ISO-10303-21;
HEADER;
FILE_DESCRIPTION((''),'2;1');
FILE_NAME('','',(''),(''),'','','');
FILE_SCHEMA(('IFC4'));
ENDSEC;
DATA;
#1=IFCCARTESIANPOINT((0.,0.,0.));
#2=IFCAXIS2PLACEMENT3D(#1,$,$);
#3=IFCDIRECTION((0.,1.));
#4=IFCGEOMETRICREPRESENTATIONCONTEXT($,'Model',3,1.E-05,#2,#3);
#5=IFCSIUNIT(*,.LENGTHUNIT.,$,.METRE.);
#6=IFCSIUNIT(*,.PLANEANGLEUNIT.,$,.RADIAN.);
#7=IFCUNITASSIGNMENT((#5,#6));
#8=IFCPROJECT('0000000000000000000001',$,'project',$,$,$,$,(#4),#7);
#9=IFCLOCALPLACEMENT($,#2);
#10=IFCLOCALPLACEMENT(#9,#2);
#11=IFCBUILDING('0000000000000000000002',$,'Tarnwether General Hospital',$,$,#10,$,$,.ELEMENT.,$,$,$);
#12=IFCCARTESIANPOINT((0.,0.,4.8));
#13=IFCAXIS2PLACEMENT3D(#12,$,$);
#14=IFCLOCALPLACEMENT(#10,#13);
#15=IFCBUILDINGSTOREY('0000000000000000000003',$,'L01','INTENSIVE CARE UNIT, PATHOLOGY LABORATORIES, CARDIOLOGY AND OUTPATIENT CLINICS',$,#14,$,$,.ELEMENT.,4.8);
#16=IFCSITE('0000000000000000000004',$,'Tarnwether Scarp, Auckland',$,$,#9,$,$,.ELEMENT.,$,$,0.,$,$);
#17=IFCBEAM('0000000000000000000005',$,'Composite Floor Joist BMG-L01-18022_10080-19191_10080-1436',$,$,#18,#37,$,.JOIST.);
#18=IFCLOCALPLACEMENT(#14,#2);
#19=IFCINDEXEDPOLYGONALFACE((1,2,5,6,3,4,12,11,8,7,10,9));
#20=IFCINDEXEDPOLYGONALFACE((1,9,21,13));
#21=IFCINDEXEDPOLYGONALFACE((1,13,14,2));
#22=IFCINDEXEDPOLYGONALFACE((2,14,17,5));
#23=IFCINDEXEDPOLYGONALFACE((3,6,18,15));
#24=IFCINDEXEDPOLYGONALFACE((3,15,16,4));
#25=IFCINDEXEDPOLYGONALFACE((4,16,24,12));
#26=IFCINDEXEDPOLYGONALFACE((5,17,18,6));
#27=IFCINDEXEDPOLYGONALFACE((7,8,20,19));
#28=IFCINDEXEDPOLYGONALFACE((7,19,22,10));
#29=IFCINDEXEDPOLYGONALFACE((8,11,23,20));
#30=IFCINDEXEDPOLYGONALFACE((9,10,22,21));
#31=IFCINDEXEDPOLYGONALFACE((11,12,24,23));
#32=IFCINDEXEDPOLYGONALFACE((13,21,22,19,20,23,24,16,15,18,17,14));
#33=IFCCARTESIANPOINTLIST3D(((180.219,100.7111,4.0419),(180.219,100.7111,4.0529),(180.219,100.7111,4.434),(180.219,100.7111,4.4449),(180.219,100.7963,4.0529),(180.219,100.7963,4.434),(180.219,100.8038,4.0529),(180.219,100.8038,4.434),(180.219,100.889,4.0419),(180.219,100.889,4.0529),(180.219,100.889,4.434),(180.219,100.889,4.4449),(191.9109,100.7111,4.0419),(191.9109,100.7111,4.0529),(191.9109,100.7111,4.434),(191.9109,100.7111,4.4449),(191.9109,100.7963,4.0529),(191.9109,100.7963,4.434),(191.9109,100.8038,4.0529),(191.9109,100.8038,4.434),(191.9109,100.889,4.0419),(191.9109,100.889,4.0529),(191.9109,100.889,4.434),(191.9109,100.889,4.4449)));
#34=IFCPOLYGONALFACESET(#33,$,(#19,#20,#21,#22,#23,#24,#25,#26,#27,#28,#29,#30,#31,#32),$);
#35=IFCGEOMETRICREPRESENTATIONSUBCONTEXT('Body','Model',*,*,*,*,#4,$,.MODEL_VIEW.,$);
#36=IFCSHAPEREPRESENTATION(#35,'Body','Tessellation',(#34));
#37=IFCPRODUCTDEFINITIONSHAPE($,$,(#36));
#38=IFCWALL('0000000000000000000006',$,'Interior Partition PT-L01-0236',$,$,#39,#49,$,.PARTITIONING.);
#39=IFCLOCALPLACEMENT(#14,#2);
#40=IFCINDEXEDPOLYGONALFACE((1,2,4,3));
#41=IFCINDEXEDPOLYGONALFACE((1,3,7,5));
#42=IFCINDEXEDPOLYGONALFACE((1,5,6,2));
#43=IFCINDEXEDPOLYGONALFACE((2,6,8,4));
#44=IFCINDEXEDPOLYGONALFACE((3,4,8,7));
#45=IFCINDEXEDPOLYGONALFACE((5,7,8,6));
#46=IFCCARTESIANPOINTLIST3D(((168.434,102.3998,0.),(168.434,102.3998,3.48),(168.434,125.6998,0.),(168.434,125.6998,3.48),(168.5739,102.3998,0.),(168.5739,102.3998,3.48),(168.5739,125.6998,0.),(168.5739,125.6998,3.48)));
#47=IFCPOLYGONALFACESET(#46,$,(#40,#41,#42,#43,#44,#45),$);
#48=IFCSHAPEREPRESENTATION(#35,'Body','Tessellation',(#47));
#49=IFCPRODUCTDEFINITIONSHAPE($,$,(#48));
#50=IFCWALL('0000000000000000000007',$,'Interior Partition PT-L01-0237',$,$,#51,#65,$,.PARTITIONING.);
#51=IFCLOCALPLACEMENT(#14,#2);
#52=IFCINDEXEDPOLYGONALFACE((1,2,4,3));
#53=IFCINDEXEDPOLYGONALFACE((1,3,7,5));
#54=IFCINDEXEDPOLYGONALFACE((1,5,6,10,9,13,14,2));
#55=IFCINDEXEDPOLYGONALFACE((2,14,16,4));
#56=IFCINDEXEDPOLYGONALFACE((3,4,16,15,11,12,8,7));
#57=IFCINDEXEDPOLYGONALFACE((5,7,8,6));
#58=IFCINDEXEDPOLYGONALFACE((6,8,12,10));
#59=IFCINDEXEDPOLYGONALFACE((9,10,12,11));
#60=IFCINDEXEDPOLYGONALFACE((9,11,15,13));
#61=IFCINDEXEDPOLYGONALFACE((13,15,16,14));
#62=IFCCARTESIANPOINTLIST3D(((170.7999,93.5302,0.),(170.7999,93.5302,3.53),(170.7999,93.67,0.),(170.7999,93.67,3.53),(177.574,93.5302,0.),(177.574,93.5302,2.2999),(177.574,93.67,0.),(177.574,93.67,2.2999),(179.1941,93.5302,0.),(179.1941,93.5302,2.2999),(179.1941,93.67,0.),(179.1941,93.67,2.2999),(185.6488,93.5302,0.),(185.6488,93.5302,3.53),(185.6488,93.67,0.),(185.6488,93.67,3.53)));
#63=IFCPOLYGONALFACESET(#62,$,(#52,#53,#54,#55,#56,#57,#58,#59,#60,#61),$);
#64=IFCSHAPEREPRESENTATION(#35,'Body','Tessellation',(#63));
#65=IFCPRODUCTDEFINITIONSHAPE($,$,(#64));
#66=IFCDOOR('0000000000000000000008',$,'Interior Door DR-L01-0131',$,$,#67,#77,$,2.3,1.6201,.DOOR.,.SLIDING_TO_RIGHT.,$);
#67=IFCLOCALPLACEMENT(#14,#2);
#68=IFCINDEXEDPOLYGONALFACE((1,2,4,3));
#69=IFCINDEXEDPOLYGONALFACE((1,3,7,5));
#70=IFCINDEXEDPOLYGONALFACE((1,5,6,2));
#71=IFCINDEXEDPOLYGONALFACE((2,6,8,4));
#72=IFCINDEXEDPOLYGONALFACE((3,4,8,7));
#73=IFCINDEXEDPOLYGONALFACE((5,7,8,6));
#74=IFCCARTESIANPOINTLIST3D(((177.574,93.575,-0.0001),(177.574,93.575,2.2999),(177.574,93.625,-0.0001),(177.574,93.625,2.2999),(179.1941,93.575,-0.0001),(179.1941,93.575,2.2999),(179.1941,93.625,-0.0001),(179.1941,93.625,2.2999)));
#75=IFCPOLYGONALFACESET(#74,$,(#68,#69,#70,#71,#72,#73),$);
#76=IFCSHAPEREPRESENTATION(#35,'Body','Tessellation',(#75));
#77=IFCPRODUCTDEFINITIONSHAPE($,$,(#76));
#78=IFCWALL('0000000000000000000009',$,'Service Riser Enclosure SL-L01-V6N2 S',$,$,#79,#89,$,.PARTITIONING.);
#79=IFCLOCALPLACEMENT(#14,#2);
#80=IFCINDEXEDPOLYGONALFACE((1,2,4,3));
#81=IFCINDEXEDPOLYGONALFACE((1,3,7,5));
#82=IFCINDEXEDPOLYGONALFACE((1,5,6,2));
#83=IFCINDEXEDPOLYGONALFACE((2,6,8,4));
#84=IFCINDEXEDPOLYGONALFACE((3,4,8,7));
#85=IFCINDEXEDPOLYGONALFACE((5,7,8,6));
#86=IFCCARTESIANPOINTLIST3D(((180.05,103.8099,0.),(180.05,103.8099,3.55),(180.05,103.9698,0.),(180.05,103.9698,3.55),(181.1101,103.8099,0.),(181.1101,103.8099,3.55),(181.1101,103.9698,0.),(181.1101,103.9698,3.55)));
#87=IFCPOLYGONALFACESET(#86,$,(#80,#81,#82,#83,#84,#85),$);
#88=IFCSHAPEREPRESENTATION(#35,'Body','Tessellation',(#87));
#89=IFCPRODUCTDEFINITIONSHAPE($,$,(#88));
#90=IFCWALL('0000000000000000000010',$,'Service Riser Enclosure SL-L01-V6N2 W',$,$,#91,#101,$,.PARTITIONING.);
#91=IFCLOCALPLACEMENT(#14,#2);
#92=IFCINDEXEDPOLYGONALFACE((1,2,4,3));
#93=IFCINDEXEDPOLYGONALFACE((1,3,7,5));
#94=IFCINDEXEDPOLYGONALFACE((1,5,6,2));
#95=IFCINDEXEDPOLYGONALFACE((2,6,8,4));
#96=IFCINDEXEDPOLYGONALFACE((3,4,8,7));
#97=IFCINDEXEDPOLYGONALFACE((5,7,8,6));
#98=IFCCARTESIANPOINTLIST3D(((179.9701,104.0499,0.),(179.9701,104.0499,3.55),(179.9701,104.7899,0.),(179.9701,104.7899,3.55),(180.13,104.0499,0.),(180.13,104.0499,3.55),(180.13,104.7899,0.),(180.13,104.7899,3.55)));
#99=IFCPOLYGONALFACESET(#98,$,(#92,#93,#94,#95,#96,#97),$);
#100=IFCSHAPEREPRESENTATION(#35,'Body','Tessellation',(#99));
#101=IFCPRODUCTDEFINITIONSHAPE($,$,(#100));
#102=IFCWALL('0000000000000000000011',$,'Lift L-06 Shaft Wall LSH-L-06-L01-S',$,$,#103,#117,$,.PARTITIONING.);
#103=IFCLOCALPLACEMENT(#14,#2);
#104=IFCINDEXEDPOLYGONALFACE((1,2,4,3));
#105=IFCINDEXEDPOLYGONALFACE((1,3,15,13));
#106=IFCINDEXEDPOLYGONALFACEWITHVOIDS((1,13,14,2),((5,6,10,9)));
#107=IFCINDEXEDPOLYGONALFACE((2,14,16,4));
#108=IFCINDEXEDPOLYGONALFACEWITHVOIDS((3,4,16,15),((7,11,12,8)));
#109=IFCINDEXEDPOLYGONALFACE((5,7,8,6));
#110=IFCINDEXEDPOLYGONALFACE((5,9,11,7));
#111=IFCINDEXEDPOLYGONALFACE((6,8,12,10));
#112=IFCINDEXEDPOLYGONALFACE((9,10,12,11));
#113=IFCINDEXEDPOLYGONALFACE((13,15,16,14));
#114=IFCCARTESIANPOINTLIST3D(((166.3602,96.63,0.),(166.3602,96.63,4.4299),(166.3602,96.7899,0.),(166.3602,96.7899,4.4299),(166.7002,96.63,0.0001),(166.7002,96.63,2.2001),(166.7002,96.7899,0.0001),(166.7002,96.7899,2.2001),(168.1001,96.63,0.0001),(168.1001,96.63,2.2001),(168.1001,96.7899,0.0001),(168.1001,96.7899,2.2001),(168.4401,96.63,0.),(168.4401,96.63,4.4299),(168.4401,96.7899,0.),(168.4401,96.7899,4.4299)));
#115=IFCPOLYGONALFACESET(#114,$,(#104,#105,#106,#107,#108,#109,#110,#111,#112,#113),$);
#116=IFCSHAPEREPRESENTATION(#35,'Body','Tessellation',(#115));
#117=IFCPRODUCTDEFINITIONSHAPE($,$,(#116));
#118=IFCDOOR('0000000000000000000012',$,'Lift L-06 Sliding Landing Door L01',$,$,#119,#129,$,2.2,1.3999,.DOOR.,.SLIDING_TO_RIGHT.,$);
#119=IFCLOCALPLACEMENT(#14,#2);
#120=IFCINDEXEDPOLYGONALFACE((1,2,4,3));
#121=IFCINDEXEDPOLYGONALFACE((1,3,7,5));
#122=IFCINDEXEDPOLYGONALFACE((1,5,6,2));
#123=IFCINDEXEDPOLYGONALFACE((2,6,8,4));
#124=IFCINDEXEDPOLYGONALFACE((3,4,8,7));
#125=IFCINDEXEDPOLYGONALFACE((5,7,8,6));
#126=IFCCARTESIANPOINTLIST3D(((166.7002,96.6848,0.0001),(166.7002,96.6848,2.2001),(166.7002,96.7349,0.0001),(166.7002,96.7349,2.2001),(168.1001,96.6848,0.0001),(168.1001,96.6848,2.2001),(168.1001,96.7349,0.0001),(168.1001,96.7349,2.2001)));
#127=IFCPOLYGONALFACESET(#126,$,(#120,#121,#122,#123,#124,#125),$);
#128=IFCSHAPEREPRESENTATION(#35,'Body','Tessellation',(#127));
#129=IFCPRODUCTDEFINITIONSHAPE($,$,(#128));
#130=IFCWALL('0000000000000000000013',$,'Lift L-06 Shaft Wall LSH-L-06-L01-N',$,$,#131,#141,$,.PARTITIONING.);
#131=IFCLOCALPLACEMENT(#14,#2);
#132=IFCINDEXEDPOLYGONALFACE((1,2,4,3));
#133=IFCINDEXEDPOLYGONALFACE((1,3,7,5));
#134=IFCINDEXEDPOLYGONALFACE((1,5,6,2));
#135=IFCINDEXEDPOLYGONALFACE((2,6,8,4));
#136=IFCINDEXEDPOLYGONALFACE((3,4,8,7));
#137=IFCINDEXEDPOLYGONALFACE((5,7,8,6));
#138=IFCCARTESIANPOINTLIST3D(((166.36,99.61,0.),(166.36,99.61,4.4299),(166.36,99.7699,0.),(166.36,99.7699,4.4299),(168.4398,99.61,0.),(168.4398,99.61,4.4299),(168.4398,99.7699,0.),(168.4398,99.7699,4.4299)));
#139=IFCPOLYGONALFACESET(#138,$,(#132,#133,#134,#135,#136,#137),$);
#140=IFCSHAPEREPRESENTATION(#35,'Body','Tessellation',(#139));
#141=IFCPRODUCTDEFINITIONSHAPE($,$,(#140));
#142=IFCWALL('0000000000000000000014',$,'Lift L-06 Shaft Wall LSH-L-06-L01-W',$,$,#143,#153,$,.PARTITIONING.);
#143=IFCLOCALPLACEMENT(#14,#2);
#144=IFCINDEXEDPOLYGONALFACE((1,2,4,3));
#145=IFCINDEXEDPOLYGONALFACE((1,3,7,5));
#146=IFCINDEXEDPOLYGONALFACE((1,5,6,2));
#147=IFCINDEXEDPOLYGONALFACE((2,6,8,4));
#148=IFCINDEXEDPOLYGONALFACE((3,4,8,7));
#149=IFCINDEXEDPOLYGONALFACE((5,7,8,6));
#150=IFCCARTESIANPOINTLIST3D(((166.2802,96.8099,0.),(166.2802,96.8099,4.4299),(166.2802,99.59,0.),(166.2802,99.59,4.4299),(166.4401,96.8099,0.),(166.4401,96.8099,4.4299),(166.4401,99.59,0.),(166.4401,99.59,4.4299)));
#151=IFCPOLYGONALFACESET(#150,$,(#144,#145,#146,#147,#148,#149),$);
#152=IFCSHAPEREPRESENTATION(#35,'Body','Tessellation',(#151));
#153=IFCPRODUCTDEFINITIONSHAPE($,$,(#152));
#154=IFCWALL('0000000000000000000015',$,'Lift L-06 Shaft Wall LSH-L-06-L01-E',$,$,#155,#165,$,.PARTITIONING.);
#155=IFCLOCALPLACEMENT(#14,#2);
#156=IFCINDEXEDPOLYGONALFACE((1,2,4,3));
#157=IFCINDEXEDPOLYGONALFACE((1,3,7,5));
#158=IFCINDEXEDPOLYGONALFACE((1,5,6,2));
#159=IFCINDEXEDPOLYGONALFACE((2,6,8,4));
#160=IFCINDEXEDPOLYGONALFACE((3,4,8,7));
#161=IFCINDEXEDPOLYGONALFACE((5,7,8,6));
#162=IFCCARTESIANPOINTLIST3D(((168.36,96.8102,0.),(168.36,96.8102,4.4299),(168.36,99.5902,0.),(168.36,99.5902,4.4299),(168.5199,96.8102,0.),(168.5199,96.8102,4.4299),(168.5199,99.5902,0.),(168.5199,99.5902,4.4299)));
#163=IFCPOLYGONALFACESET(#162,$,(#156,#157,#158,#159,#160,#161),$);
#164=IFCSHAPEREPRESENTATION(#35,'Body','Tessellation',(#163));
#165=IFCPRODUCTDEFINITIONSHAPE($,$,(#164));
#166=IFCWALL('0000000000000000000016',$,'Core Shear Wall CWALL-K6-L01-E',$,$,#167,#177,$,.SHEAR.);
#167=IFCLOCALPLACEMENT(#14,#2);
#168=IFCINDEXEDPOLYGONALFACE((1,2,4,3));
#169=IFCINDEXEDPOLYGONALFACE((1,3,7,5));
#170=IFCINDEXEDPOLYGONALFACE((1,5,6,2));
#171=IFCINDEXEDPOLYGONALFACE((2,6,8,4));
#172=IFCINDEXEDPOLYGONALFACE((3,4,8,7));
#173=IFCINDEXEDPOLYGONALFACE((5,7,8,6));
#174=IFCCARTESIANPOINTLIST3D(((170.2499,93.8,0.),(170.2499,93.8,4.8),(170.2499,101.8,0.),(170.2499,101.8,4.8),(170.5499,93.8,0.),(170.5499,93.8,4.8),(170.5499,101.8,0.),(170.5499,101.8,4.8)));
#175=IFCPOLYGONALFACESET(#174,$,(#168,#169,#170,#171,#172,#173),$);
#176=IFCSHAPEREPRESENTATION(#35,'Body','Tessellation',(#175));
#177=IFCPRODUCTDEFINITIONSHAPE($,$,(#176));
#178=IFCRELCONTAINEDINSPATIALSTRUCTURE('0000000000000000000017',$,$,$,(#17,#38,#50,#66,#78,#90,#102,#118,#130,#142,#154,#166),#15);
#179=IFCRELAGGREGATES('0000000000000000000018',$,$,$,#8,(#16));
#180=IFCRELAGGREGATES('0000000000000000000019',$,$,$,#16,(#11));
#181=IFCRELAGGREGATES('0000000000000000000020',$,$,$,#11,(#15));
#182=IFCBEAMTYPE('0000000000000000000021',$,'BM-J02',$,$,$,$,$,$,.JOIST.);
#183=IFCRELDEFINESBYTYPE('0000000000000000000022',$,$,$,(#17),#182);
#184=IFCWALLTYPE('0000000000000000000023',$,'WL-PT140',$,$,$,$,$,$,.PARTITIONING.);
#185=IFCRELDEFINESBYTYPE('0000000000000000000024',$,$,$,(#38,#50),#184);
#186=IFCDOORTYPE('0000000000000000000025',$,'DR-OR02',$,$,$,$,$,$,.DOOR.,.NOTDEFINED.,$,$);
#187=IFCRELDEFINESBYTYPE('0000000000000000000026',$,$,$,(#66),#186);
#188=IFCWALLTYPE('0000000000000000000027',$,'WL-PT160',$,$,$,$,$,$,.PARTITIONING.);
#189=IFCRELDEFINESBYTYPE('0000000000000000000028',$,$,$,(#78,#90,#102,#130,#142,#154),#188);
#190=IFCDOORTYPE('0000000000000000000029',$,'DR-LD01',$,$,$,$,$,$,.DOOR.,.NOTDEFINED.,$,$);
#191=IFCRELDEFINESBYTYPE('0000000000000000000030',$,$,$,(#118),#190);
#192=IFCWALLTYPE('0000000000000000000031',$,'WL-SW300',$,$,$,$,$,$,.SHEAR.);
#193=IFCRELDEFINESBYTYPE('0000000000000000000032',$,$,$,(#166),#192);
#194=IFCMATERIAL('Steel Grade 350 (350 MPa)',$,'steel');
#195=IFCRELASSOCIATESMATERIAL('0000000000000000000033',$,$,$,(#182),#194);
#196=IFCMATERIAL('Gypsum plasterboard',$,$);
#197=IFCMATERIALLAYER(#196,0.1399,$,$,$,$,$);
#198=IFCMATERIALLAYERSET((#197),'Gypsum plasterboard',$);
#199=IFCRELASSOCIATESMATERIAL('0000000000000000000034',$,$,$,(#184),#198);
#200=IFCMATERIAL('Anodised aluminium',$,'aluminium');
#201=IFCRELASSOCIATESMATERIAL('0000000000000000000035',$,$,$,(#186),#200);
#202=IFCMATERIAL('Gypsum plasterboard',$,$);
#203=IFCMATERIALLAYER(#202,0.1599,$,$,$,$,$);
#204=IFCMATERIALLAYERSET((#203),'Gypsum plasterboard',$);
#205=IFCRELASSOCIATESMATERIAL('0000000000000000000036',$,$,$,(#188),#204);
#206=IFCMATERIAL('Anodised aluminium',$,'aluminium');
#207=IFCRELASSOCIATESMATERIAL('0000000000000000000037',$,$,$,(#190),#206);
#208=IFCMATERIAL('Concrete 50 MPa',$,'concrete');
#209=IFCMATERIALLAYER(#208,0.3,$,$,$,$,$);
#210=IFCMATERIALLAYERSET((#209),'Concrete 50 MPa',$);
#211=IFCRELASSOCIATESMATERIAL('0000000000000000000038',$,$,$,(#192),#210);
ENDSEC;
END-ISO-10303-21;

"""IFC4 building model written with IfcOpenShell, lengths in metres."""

from ifc_helpers import new_model, si_unit, direction, frame, frame_2d, origin, origin_2d, place, context, subcontext, project, spatial, rectangle, i_section, extrude, material, layer, layer_set, material_profile, profile_set, type_object, element, fill, save


model = new_model("IFC4")

# Units and contexts
model_context = context("Model", 3, precision=1e-05, world=origin(), true_north=direction((0.0, 1.0)))
body_context = subcontext(model_context, "Body", "Model", "MODEL_VIEW")
ifc_project = project(units=[si_unit("LENGTHUNIT", "METRE"), si_unit("PLANEANGLEUNIT", "RADIAN")], contexts=[model_context])

# Site, building, storey
site_placement = place(None, origin())
site = spatial("IfcSite", under=ifc_project, at=site_placement, Name="Tarnwether Scarp, Auckland", CompositionType="ELEMENT", RefElevation=0.0)
building_placement = place(site_placement, origin())
building = spatial("IfcBuilding", under=site, at=building_placement, Name="Tarnwether General Hospital", CompositionType="ELEMENT")
storey_placement = place(building_placement, frame((0.0, 0.0, 4.8)))
storey = spatial("IfcBuildingStorey", under=building, at=storey_placement, Name="L01", Description="INTENSIVE CARE UNIT, PATHOLOGY LABORATORIES, CARDIOLOGY AND OUTPATIENT CLINICS", CompositionType="ELEMENT", Elevation=4.8)

# Beam
ifc_material_1 = material(Name="Steel Grade 350 (350 MPa)", Category="steel")
ifc_material_profile_1 = material_profile(ifc_material_1, i_section(OverallWidth=0.178, OverallDepth=0.4031, WebThickness=0.0076, FlangeThickness=0.011, at=origin_2d()), Name="410UB53.7")
ifc_profile_set_1 = profile_set([ifc_material_profile_1], Name="Steel Grade 350 (350 MPa)")
beam_type_1 = type_object("IfcBeamType", Name="BM-J02", PredefinedType="JOIST", material=ifc_profile_set_1)
beam_1_placement = place(storey_placement, frame((180.219, 100.8, 4.2434), z_axis=(1.0, 0.0, 0.0), x_axis=(0.0, 1.0, 0.0)))
element("IfcBeam", 1, at=beam_1_placement, inside=storey, type_object=beam_type_1, Name="Composite Floor Joist BMG-L01-18022_10080-19191_10080-1436", PredefinedType="JOIST", context=body_context, shape_type="SweptSolid", body=[
    extrude(i_section(OverallWidth=0.178, OverallDepth=0.4031, WebThickness=0.0076, FlangeThickness=0.011, at=origin_2d()), origin(), (0.0, 0.0, 1.0), 11.6919),
])

# Wall
ifc_material_2 = material(Name="Gypsum plasterboard")
ifc_layer_1 = layer(ifc_material_2, 0.1399)
ifc_layer_set_1 = layer_set([ifc_layer_1], Name="Gypsum plasterboard")
wall_type_1 = type_object("IfcWallType", Name="WL-PT140", PredefinedType="PARTITIONING", material=ifc_layer_set_1)
wall_1_placement = place(storey_placement, frame((168.5039, 102.3999, 0.0), z_axis=(0.0, 0.0, 1.0), x_axis=(0.0, 1.0, 0.0)))
element("IfcWall", 2, at=wall_1_placement, inside=storey, type_object=wall_type_1, Name="Interior Partition PT-L01-0236", PredefinedType="PARTITIONING", context=body_context, shape_type="SweptSolid", body=[
    extrude(rectangle(XDim=23.3, YDim=0.1399, at=frame_2d((11.6499, 0.0))), origin(), (0.0, 0.0, 1.0), 3.48),
])

# Wall, opening, door
wall_2_placement = place(storey_placement, frame((170.8, 93.6001, 0.0), z_axis=(0.0, 0.0, 1.0), x_axis=(1.0, 0.0, 0.0)))
wall_2 = element("IfcWall", 3, at=wall_2_placement, inside=storey, type_object=wall_type_1, Name="Interior Partition PT-L01-0237", PredefinedType="PARTITIONING", context=body_context, shape_type="SweptSolid", body=[
    extrude(rectangle(XDim=14.8489, YDim=0.1399, at=frame_2d((7.4243, 0.0))), origin(), (0.0, 0.0, 1.0), 3.53),
])
opening_1_placement = place(wall_2_placement, frame((6.7739, 0.0, 0.0)))
opening_1 = element("IfcOpeningElement", 4, at=opening_1_placement, cuts=wall_2, PredefinedType="OPENING", context=body_context, shape_type="SweptSolid", body=[
    extrude(rectangle(XDim=1.6201, YDim=2.3, at=frame_2d((0.8101, 1.1499))), frame((0.0, 0.0801, 0.0), z_axis=(0.0, -1.0, 0.0), x_axis=(1.0, 0.0, 0.0)), (0.0, 0.0, 1.0), 0.1599),
])
ifc_material_3 = material(Name="Anodised aluminium", Category="aluminium")
door_type_1 = type_object("IfcDoorType", Name="DR-OR02", OperationType="NOTDEFINED", PredefinedType="DOOR", material=ifc_material_3)
door_1_placement = place(opening_1_placement, origin())
door_1 = element("IfcDoor", 5, at=door_1_placement, inside=storey, type_object=door_type_1, Name="Interior Door DR-L01-0131", OperationType="SLIDING_TO_RIGHT", OverallHeight=2.3, OverallWidth=1.6201, PredefinedType="DOOR", context=body_context, shape_type="SweptSolid", body=[
    extrude(rectangle(XDim=1.6201, YDim=2.3, at=frame_2d((0.8101, 1.1499))), frame((0.0, 0.0249, 0.0), z_axis=(0.0, -1.0, 0.0), x_axis=(1.0, 0.0, 0.0)), (0.0, 0.0, 1.0), 0.05),
])
fill(opening_1, door_1)

# Walls
ifc_material_4 = material(Name="Gypsum plasterboard")
ifc_layer_2 = layer(ifc_material_4, 0.1599)
ifc_layer_set_2 = layer_set([ifc_layer_2], Name="Gypsum plasterboard")
wall_type_2 = type_object("IfcWallType", Name="WL-PT160", PredefinedType="PARTITIONING", material=ifc_layer_set_2)
wall_3_placement = place(storey_placement, frame((180.05, 103.8899, 0.0), z_axis=(0.0, 0.0, 1.0), x_axis=(1.0, 0.0, 0.0)))
element("IfcWall", 6, at=wall_3_placement, inside=storey, type_object=wall_type_2, Name="Service Riser Enclosure SL-L01-V6N2 S", PredefinedType="PARTITIONING", context=body_context, shape_type="SweptSolid", body=[
    extrude(rectangle(XDim=1.0601, YDim=0.1599, at=frame_2d((0.53, 0.0))), origin(), (0.0, 0.0, 1.0), 3.55),
])
wall_4_placement = place(storey_placement, frame((180.05, 104.79, 0.0), z_axis=(0.0, 0.0, 1.0), x_axis=(0.0, -1.0, 0.0)))
element("IfcWall", 7, at=wall_4_placement, inside=storey, type_object=wall_type_2, Name="Service Riser Enclosure SL-L01-V6N2 W", PredefinedType="PARTITIONING", context=body_context, shape_type="SweptSolid", body=[
    extrude(rectangle(XDim=0.74, YDim=0.1599, at=frame_2d((0.3701, 0.0))), origin(), (0.0, 0.0, 1.0), 3.55),
])

# Wall, opening, door
wall_5_placement = place(storey_placement, frame((166.3601, 96.71, 0.0), z_axis=(0.0, 0.0, 1.0), x_axis=(1.0, 0.0, 0.0)))
wall_5 = element("IfcWall", 8, at=wall_5_placement, inside=storey, type_object=wall_type_2, Name="Lift L-06 Shaft Wall LSH-L-06-L01-S", PredefinedType="PARTITIONING", context=body_context, shape_type="SweptSolid", body=[
    extrude(rectangle(XDim=2.0798, YDim=0.1599, at=frame_2d((1.04, 0.0))), origin(), (0.0, 0.0, 1.0), 4.4299),
])
opening_2_placement = place(wall_5_placement, frame((0.3401, 0.0, 0.0)))
opening_2 = element("IfcOpeningElement", 9, at=opening_2_placement, cuts=wall_5, PredefinedType="OPENING", context=body_context, shape_type="SweptSolid", body=[
    extrude(rectangle(XDim=1.3999, YDim=2.2, at=frame_2d((0.7, 1.1001))), frame((0.0, 0.0898, 0.0), z_axis=(0.0, -1.0, 0.0), x_axis=(1.0, 0.0, 0.0)), (0.0, 0.0, 1.0), 0.1799),
])
ifc_material_5 = material(Name="Anodised aluminium", Category="aluminium")
door_type_2 = type_object("IfcDoorType", Name="DR-LD01", OperationType="NOTDEFINED", PredefinedType="DOOR", material=ifc_material_5)
door_2_placement = place(opening_2_placement, origin())
door_2 = element("IfcDoor", 10, at=door_2_placement, inside=storey, type_object=door_type_2, Name="Lift L-06 Sliding Landing Door L01", OperationType="SLIDING_TO_RIGHT", OverallHeight=2.2, OverallWidth=1.3999, PredefinedType="DOOR", context=body_context, shape_type="SweptSolid", body=[
    extrude(rectangle(XDim=1.3999, YDim=2.2, at=frame_2d((0.7, 1.1001))), frame((0.0, 0.0249, 0.0), z_axis=(0.0, -1.0, 0.0), x_axis=(1.0, 0.0, 0.0)), (0.0, 0.0, 1.0), 0.05),
])
fill(opening_2, door_2)

# Walls
wall_6_placement = place(storey_placement, frame((168.4399, 99.6899, 0.0), z_axis=(0.0, 0.0, 1.0), x_axis=(-1.0, 0.0, 0.0)))
element("IfcWall", 11, at=wall_6_placement, inside=storey, type_object=wall_type_2, Name="Lift L-06 Shaft Wall LSH-L-06-L01-N", PredefinedType="PARTITIONING", context=body_context, shape_type="SweptSolid", body=[
    extrude(rectangle(XDim=2.0798, YDim=0.1599, at=frame_2d((1.04, 0.0))), origin(), (0.0, 0.0, 1.0), 4.4299),
])
for number, where, z_axis, x_axis, name in (
    (12, (166.3601, 99.5901, 0.0), (0.0, 0.0, 1.0), (0.0, -1.0, 0.0), "Lift L-06 Shaft Wall LSH-L-06-L01-W"),
    (13, (168.4399, 96.8101, 0.0), (0.0, 0.0, 1.0), (0.0, 1.0, 0.0), "Lift L-06 Shaft Wall LSH-L-06-L01-E"),
):
    element("IfcWall", number, at=place(storey_placement, frame(where, z_axis=z_axis, x_axis=x_axis)), inside=storey, type_object=wall_type_2, Name=name, PredefinedType="PARTITIONING", context=body_context, shape_type="SweptSolid", body=[
        extrude(rectangle(XDim=2.78, YDim=0.1599, at=frame_2d((1.3901, 0.0))), origin(), (0.0, 0.0, 1.0), 4.4299),
    ])
ifc_material_6 = material(Name="Concrete 50 MPa", Category="concrete")
ifc_layer_3 = layer(ifc_material_6, 0.3)
ifc_layer_set_3 = layer_set([ifc_layer_3], Name="Concrete 50 MPa")
wall_type_3 = type_object("IfcWallType", Name="WL-SW300", PredefinedType="SHEAR", material=ifc_layer_set_3)
wall_7_placement = place(storey_placement, frame((170.3999, 101.8, 0.0), z_axis=(0.0, 0.0, 1.0), x_axis=(0.0, -1.0, 0.0)))
element("IfcWall", 14, at=wall_7_placement, inside=storey, type_object=wall_type_3, Name="Core Shear Wall CWALL-K6-L01-E", PredefinedType="SHEAR", context=body_context, shape_type="SweptSolid", body=[
    extrude(rectangle(XDim=8.0, YDim=0.3, at=frame_2d((4.0, 0.0))), origin(), (0.0, 0.0, 1.0), 4.8),
])

save(model, "model.ifc")
